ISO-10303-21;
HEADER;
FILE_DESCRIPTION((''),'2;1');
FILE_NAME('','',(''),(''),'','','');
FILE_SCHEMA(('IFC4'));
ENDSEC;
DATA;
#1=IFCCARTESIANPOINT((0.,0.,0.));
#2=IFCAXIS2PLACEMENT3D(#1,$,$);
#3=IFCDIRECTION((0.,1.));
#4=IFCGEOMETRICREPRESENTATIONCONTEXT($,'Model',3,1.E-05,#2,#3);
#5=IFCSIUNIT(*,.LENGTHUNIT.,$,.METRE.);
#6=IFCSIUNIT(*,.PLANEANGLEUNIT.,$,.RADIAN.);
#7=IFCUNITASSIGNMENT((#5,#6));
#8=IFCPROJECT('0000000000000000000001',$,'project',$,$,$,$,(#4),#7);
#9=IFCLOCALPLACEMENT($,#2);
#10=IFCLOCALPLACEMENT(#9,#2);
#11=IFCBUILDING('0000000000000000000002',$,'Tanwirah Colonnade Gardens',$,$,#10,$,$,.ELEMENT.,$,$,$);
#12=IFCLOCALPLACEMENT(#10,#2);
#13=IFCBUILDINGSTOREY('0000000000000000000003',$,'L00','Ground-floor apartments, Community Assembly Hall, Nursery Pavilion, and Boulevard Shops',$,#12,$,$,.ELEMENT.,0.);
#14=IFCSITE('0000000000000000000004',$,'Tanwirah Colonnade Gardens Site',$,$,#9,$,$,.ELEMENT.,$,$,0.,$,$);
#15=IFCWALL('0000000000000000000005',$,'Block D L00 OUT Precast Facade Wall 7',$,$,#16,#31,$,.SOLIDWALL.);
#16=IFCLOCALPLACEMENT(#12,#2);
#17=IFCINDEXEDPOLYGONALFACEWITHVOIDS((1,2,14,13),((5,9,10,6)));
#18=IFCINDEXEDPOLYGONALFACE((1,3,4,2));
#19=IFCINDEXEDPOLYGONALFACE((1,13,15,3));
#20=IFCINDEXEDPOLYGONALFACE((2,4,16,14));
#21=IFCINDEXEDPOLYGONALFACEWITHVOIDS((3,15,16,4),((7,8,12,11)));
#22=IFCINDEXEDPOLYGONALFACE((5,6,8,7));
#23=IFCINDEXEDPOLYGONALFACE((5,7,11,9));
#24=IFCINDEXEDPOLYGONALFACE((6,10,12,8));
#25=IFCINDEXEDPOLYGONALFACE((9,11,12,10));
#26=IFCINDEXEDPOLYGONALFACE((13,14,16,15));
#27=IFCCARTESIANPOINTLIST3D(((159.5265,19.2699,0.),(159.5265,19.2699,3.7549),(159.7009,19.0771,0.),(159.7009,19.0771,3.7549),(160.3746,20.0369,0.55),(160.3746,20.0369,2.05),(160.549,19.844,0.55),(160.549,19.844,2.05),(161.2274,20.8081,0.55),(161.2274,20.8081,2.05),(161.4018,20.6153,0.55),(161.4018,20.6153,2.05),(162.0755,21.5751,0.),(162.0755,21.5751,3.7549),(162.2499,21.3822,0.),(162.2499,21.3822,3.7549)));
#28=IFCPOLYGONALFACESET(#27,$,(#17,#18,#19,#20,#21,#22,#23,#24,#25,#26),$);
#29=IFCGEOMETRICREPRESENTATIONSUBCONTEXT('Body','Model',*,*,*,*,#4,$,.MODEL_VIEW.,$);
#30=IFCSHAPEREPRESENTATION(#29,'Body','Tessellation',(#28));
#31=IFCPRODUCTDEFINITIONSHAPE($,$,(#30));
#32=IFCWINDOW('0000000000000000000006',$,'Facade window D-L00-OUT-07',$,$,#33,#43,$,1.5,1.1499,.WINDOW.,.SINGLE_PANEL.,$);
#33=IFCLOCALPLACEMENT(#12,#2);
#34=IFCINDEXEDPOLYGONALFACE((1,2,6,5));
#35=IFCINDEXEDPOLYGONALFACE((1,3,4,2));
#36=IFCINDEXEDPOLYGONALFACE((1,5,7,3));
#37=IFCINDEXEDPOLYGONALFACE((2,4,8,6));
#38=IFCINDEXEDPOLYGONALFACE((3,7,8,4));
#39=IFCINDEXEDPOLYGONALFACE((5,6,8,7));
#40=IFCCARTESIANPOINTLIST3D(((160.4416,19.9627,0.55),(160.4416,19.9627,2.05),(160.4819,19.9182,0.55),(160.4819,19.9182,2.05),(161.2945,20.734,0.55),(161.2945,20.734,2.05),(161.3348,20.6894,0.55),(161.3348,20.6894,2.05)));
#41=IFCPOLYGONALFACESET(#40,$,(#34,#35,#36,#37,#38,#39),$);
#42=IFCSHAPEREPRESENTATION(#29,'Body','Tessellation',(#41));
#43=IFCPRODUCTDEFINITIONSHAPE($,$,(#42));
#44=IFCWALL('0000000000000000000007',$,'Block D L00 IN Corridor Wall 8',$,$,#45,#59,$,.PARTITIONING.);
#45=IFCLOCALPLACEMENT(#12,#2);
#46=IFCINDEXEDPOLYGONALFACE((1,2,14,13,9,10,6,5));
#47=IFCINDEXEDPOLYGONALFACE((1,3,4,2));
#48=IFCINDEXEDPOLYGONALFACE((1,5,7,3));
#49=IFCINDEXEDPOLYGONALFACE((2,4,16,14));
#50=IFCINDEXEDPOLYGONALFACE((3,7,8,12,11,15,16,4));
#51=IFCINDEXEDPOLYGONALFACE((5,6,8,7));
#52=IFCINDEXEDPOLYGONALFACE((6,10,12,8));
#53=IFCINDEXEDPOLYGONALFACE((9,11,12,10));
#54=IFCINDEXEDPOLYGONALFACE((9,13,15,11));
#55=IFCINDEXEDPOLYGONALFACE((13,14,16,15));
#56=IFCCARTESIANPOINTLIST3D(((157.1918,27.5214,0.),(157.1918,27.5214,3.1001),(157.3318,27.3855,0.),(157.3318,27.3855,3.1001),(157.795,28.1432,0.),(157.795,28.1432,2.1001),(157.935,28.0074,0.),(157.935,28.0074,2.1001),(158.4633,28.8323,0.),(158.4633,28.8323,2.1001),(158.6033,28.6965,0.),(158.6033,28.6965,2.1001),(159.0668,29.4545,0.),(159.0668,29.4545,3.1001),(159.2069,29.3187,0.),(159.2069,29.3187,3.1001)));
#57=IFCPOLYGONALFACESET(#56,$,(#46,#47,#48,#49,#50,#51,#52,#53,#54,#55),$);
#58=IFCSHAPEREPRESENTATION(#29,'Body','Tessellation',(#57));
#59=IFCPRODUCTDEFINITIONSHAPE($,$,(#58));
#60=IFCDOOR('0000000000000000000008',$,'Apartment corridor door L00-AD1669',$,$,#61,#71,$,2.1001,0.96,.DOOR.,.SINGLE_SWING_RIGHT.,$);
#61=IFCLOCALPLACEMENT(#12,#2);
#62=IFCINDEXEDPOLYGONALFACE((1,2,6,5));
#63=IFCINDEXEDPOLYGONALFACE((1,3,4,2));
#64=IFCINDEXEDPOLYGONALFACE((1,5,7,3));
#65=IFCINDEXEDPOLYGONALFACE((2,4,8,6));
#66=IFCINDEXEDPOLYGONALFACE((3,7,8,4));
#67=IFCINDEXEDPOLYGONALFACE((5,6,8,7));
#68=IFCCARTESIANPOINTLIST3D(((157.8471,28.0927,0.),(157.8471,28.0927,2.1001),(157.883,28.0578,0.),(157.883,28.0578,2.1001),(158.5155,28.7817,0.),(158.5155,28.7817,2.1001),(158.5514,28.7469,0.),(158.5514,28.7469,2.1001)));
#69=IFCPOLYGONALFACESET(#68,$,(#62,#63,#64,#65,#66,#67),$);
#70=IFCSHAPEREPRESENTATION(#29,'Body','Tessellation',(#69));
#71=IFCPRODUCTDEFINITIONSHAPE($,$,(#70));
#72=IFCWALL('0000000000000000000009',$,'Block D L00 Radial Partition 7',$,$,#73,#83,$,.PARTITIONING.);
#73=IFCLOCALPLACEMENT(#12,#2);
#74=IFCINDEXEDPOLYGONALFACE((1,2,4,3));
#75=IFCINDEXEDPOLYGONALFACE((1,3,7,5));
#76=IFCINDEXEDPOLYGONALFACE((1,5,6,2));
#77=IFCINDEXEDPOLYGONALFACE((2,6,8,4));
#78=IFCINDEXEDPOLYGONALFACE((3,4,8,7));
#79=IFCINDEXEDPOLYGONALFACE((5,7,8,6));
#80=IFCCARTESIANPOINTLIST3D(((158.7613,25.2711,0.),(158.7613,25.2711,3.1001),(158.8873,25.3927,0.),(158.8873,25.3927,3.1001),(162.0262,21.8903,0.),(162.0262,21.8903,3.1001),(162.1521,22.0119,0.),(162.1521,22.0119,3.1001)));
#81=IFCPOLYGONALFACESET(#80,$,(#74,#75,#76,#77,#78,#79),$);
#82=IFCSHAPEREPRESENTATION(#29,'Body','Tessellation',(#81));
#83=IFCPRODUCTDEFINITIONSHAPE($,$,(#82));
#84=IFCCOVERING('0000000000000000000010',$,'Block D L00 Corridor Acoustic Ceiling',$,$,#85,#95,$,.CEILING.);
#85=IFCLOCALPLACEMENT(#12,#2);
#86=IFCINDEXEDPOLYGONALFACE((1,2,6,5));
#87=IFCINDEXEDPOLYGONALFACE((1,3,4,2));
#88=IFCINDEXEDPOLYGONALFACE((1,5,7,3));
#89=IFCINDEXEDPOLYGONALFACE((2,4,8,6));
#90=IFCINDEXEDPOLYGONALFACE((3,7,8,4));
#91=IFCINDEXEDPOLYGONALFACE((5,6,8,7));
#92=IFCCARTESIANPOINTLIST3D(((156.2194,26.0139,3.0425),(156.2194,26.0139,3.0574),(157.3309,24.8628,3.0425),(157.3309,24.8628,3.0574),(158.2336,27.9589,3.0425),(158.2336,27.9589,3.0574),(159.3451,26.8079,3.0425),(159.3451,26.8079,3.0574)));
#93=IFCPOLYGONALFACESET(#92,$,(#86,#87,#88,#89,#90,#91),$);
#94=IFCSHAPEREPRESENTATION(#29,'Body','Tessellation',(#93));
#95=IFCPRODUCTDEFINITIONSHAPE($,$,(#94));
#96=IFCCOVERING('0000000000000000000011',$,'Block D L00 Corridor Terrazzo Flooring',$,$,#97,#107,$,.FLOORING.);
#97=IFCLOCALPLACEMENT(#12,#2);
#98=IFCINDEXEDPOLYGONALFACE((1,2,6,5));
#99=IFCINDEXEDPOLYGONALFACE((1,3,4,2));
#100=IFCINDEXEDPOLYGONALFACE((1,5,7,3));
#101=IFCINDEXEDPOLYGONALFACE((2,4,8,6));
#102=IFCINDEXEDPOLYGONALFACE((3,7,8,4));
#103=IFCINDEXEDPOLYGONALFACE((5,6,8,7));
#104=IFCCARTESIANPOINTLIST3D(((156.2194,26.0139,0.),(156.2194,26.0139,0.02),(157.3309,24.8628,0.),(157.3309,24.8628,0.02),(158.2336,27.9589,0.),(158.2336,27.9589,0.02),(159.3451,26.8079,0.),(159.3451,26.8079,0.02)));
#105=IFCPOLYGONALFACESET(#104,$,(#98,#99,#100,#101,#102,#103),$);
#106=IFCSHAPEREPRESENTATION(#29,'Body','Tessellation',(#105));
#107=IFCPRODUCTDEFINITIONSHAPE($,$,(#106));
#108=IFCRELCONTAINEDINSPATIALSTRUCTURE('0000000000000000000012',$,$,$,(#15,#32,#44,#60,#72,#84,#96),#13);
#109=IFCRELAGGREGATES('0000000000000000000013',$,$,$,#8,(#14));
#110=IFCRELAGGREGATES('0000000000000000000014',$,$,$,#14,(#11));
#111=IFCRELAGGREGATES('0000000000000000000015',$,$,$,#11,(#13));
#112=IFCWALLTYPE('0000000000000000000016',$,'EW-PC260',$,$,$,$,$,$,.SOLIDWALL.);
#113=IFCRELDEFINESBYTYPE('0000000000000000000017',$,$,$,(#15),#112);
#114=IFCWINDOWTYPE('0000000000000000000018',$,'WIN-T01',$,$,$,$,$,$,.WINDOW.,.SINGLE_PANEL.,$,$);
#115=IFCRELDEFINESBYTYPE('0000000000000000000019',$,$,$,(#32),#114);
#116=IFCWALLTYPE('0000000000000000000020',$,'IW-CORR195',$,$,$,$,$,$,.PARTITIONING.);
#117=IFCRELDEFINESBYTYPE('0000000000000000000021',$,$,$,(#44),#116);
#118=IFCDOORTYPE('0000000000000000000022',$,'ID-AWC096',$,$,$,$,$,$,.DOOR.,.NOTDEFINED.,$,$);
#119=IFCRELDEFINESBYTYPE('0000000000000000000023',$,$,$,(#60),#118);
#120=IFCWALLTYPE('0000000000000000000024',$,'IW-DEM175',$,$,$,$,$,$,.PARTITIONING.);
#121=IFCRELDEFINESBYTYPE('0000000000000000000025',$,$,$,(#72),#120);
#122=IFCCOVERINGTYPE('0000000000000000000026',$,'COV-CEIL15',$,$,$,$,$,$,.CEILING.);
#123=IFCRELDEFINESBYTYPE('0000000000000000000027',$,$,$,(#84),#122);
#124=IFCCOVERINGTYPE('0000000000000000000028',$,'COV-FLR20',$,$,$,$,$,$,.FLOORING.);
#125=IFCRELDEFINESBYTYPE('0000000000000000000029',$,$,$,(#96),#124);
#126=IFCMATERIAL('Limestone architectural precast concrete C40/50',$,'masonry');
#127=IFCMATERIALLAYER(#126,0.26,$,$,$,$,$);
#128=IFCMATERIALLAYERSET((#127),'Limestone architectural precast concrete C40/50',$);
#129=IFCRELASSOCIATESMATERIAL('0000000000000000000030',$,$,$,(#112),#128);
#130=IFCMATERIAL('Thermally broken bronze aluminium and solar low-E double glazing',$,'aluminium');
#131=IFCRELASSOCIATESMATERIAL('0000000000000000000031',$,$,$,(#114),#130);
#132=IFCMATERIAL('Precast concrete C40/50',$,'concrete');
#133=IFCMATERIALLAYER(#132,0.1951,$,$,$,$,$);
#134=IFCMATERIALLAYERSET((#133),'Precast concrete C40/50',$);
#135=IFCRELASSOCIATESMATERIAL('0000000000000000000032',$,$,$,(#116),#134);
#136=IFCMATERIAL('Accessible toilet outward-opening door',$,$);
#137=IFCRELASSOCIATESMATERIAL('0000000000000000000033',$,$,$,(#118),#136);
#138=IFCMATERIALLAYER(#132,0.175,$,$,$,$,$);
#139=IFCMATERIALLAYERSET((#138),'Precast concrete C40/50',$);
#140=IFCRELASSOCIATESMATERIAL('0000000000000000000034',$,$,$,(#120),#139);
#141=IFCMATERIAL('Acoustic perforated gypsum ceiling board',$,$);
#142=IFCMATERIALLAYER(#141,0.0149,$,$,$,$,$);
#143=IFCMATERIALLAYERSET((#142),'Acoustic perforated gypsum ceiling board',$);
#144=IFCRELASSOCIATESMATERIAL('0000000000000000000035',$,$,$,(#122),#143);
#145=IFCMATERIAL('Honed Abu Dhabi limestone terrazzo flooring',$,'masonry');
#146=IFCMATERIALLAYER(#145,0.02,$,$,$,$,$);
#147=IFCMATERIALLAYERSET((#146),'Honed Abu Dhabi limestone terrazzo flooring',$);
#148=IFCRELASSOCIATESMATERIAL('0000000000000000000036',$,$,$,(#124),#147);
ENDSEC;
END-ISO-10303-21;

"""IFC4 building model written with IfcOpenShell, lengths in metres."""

from ifc_helpers import new_model, si_unit, direction, frame, frame_2d, origin, origin_2d, place, context, subcontext, project, spatial, rectangle, extrude, material, layer, layer_set, type_object, element, fill, save


model = new_model("IFC4")

# Units and contexts
model_context = context("Model", 3, precision=1e-05, world=origin(), true_north=direction((0.0, 1.0)))
body_context = subcontext(model_context, "Body", "Model", "MODEL_VIEW")
ifc_project = project(units=[si_unit("LENGTHUNIT", "METRE"), si_unit("PLANEANGLEUNIT", "RADIAN")], contexts=[model_context])

# Site, building, storey
site_placement = place(None, origin())
site = spatial("IfcSite", under=ifc_project, at=site_placement, Name="Tanwirah Colonnade Gardens Site", CompositionType="ELEMENT", RefElevation=0.0)
building_placement = place(site_placement, origin())
building = spatial("IfcBuilding", under=site, at=building_placement, Name="Tanwirah Colonnade Gardens", CompositionType="ELEMENT")
storey_placement = place(building_placement, origin())
storey = spatial("IfcBuildingStorey", under=building, at=storey_placement, Name="L00", Description="Ground-floor apartments, Community Assembly Hall, Nursery Pavilion, and Boulevard Shops", CompositionType="ELEMENT", Elevation=0.0)

# Shared definitions
ifc_material_1 = material(Name="Precast concrete C40/50", Category="concrete")

# Wall, opening, window
ifc_material_2 = material(Name="Limestone architectural precast concrete C40/50", Category="masonry")
ifc_layer_1 = layer(ifc_material_2, 0.26)
ifc_layer_set_1 = layer_set([ifc_layer_1], Name="Limestone architectural precast concrete C40/50")
wall_type_1 = type_object("IfcWallType", Name="EW-PC260", PredefinedType="SOLIDWALL", material=ifc_layer_set_1)
wall_1_placement = place(storey_placement, frame((159.6138, 19.1736, 0.0), z_axis=(0.0, 0.0, 1.0), x_axis=(0.741699, 0.670733, 0.0)))
wall_1 = element("IfcWall", 1, at=wall_1_placement, inside=storey, type_object=wall_type_1, Name="Block D L00 OUT Precast Facade Wall 7", PredefinedType="SOLIDWALL", context=body_context, shape_type="SweptSolid", body=[
    extrude(rectangle(XDim=3.4368, YDim=0.26, at=frame_2d((1.7183, 0.0))), origin(), (0.0, 0.0, 1.0), 3.7549),
])
opening_1_placement = place(wall_1_placement, frame((1.1433, 0.0, 0.55)))
opening_1 = element("IfcOpeningElement", 2, at=opening_1_placement, cuts=wall_1, PredefinedType="OPENING", context=body_context, shape_type="SweptSolid", body=[
    extrude(rectangle(XDim=1.1499, YDim=1.5, at=frame_2d((0.575, 0.75))), frame((0.0, 0.1399, 0.0), z_axis=(0.0, -1.0, 0.0), x_axis=(1.0, 0.0, 0.0)), (0.0, 0.0, 1.0), 0.28),
])
ifc_material_3 = material(Name="Thermally broken bronze aluminium and solar low-E double glazing", Category="aluminium")
window_type = type_object("IfcWindowType", Name="WIN-T01", PartitioningType="SINGLE_PANEL", PredefinedType="WINDOW", material=ifc_material_3)
window_placement = place(opening_1_placement, origin())
window = element("IfcWindow", 3, at=window_placement, inside=storey, type_object=window_type, Name="Facade window D-L00-OUT-07", OverallHeight=1.5, OverallWidth=1.1499, PartitioningType="SINGLE_PANEL", PredefinedType="WINDOW", context=body_context, shape_type="SweptSolid", body=[
    extrude(rectangle(XDim=1.1499, YDim=1.5, at=frame_2d((0.575, 0.75))), frame((0.0, 0.03, 0.0), z_axis=(0.0, -1.0, 0.0), x_axis=(1.0, 0.0, 0.0)), (0.0, 0.0, 1.0), 0.0601),
])
fill(opening_1, window)

# Wall, opening, door
ifc_layer_2 = layer(ifc_material_1, 0.1951)
ifc_layer_set_2 = layer_set([ifc_layer_2], Name="Precast concrete C40/50")
wall_type_2 = type_object("IfcWallType", Name="IW-CORR195", PredefinedType="PARTITIONING", material=ifc_layer_set_2)
wall_2_placement = place(storey_placement, frame((157.2617, 27.4534, 0.0), z_axis=(0.0, 0.0, 1.0), x_axis=(0.696236, 0.717813, 0.0)))
wall_2 = element("IfcWall", 4, at=wall_2_placement, inside=storey, type_object=wall_type_2, Name="Block D L00 IN Corridor Wall 8", PredefinedType="PARTITIONING", context=body_context, shape_type="SweptSolid", body=[
    extrude(rectangle(XDim=2.6931, YDim=0.1951, at=frame_2d((1.3467, 0.0))), origin(), (0.0, 0.0, 1.0), 3.1001),
])
opening_2_placement = place(wall_2_placement, frame((0.8665, 0.0, 0.0)))
opening_2 = element("IfcOpeningElement", 5, at=opening_2_placement, cuts=wall_2, PredefinedType="OPENING", context=body_context, shape_type="SweptSolid", body=[
    extrude(rectangle(XDim=0.96, YDim=2.1001, at=frame_2d((0.48, 1.05))), frame((0.0, 0.1074, 0.0), z_axis=(0.0, -1.0, 0.0), x_axis=(1.0, 0.0, 0.0)), (0.0, 0.0, 1.0), 0.2151),
])
ifc_material_4 = material(Name="Accessible toilet outward-opening door")
door_type_1 = type_object("IfcDoorType", Name="ID-AWC096", OperationType="NOTDEFINED", PredefinedType="DOOR", material=ifc_material_4)
door_1_placement = place(opening_2_placement, origin())
door_1 = element("IfcDoor", 6, at=door_1_placement, inside=storey, type_object=door_type_1, Name="Apartment corridor door L00-AD1669", OperationType="SINGLE_SWING_RIGHT", OverallHeight=2.1001, OverallWidth=0.96, PredefinedType="DOOR", context=body_context, shape_type="SweptSolid", body=[
    extrude(rectangle(XDim=0.96, YDim=2.1001, at=frame_2d((0.48, 1.05))), frame((0.0, 0.0249, 0.0), z_axis=(0.0, -1.0, 0.0), x_axis=(1.0, 0.0, 0.0)), (0.0, 0.0, 1.0), 0.05),
])
fill(opening_2, door_1)

# Wall
ifc_layer_3 = layer(ifc_material_1, 0.175)
ifc_layer_set_3 = layer_set([ifc_layer_3], Name="Precast concrete C40/50")
wall_type_3 = type_object("IfcWallType", Name="IW-DEM175", PredefinedType="PARTITIONING", material=ifc_layer_set_3)
wall_3_placement = place(storey_placement, frame((158.8242, 25.332, 0.0), z_axis=(0.0, 0.0, 1.0), x_axis=(0.694662, -0.719336, 0.0)))
element("IfcWall", 7, at=wall_3_placement, inside=storey, type_object=wall_type_3, Name="Block D L00 Radial Partition 7", PredefinedType="PARTITIONING", context=body_context, shape_type="SweptSolid", body=[
    extrude(rectangle(XDim=4.7, YDim=0.175, at=frame_2d((2.3501, 0.0))), origin(), (0.0, 0.0, 1.0), 3.1001),
])

# Coverings
ifc_material_5 = material(Name="Acoustic perforated gypsum ceiling board")
ifc_layer_4 = layer(ifc_material_5, 0.0149)
ifc_layer_set_4 = layer_set([ifc_layer_4], Name="Acoustic perforated gypsum ceiling board")
covering_type_1 = type_object("IfcCoveringType", Name="COV-CEIL15", PredefinedType="CEILING", material=ifc_layer_set_4)
covering_1_placement = place(storey_placement, frame((157.7822, 26.4109, 3.0425), z_axis=(0.0, 0.0, 1.0), x_axis=(0.71934, 0.694658, 0.0)))
element("IfcCovering", 8, at=covering_1_placement, inside=storey, type_object=covering_type_1, Name="Block D L00 Corridor Acoustic Ceiling", PredefinedType="CEILING", context=body_context, shape_type="SweptSolid", body=[
    extrude(rectangle(XDim=2.8, YDim=1.6001, at=origin_2d()), origin(), (0.0, 0.0, 1.0), 0.0149),
])
ifc_material_6 = material(Name="Honed Abu Dhabi limestone terrazzo flooring", Category="masonry")
ifc_layer_5 = layer(ifc_material_6, 0.02)
ifc_layer_set_5 = layer_set([ifc_layer_5], Name="Honed Abu Dhabi limestone terrazzo flooring")
covering_type_2 = type_object("IfcCoveringType", Name="COV-FLR20", PredefinedType="FLOORING", material=ifc_layer_set_5)
covering_2_placement = place(storey_placement, frame((157.7822, 26.4109, 0.0), z_axis=(0.0, 0.0, 1.0), x_axis=(0.71934, 0.694658, 0.0)))
element("IfcCovering", 9, at=covering_2_placement, inside=storey, type_object=covering_type_2, Name="Block D L00 Corridor Terrazzo Flooring", PredefinedType="FLOORING", context=body_context, shape_type="SweptSolid", body=[
    extrude(rectangle(XDim=2.8, YDim=1.6001, at=origin_2d()), origin(), (0.0, 0.0, 1.0), 0.02),
])

save(model, "model.ifc")
